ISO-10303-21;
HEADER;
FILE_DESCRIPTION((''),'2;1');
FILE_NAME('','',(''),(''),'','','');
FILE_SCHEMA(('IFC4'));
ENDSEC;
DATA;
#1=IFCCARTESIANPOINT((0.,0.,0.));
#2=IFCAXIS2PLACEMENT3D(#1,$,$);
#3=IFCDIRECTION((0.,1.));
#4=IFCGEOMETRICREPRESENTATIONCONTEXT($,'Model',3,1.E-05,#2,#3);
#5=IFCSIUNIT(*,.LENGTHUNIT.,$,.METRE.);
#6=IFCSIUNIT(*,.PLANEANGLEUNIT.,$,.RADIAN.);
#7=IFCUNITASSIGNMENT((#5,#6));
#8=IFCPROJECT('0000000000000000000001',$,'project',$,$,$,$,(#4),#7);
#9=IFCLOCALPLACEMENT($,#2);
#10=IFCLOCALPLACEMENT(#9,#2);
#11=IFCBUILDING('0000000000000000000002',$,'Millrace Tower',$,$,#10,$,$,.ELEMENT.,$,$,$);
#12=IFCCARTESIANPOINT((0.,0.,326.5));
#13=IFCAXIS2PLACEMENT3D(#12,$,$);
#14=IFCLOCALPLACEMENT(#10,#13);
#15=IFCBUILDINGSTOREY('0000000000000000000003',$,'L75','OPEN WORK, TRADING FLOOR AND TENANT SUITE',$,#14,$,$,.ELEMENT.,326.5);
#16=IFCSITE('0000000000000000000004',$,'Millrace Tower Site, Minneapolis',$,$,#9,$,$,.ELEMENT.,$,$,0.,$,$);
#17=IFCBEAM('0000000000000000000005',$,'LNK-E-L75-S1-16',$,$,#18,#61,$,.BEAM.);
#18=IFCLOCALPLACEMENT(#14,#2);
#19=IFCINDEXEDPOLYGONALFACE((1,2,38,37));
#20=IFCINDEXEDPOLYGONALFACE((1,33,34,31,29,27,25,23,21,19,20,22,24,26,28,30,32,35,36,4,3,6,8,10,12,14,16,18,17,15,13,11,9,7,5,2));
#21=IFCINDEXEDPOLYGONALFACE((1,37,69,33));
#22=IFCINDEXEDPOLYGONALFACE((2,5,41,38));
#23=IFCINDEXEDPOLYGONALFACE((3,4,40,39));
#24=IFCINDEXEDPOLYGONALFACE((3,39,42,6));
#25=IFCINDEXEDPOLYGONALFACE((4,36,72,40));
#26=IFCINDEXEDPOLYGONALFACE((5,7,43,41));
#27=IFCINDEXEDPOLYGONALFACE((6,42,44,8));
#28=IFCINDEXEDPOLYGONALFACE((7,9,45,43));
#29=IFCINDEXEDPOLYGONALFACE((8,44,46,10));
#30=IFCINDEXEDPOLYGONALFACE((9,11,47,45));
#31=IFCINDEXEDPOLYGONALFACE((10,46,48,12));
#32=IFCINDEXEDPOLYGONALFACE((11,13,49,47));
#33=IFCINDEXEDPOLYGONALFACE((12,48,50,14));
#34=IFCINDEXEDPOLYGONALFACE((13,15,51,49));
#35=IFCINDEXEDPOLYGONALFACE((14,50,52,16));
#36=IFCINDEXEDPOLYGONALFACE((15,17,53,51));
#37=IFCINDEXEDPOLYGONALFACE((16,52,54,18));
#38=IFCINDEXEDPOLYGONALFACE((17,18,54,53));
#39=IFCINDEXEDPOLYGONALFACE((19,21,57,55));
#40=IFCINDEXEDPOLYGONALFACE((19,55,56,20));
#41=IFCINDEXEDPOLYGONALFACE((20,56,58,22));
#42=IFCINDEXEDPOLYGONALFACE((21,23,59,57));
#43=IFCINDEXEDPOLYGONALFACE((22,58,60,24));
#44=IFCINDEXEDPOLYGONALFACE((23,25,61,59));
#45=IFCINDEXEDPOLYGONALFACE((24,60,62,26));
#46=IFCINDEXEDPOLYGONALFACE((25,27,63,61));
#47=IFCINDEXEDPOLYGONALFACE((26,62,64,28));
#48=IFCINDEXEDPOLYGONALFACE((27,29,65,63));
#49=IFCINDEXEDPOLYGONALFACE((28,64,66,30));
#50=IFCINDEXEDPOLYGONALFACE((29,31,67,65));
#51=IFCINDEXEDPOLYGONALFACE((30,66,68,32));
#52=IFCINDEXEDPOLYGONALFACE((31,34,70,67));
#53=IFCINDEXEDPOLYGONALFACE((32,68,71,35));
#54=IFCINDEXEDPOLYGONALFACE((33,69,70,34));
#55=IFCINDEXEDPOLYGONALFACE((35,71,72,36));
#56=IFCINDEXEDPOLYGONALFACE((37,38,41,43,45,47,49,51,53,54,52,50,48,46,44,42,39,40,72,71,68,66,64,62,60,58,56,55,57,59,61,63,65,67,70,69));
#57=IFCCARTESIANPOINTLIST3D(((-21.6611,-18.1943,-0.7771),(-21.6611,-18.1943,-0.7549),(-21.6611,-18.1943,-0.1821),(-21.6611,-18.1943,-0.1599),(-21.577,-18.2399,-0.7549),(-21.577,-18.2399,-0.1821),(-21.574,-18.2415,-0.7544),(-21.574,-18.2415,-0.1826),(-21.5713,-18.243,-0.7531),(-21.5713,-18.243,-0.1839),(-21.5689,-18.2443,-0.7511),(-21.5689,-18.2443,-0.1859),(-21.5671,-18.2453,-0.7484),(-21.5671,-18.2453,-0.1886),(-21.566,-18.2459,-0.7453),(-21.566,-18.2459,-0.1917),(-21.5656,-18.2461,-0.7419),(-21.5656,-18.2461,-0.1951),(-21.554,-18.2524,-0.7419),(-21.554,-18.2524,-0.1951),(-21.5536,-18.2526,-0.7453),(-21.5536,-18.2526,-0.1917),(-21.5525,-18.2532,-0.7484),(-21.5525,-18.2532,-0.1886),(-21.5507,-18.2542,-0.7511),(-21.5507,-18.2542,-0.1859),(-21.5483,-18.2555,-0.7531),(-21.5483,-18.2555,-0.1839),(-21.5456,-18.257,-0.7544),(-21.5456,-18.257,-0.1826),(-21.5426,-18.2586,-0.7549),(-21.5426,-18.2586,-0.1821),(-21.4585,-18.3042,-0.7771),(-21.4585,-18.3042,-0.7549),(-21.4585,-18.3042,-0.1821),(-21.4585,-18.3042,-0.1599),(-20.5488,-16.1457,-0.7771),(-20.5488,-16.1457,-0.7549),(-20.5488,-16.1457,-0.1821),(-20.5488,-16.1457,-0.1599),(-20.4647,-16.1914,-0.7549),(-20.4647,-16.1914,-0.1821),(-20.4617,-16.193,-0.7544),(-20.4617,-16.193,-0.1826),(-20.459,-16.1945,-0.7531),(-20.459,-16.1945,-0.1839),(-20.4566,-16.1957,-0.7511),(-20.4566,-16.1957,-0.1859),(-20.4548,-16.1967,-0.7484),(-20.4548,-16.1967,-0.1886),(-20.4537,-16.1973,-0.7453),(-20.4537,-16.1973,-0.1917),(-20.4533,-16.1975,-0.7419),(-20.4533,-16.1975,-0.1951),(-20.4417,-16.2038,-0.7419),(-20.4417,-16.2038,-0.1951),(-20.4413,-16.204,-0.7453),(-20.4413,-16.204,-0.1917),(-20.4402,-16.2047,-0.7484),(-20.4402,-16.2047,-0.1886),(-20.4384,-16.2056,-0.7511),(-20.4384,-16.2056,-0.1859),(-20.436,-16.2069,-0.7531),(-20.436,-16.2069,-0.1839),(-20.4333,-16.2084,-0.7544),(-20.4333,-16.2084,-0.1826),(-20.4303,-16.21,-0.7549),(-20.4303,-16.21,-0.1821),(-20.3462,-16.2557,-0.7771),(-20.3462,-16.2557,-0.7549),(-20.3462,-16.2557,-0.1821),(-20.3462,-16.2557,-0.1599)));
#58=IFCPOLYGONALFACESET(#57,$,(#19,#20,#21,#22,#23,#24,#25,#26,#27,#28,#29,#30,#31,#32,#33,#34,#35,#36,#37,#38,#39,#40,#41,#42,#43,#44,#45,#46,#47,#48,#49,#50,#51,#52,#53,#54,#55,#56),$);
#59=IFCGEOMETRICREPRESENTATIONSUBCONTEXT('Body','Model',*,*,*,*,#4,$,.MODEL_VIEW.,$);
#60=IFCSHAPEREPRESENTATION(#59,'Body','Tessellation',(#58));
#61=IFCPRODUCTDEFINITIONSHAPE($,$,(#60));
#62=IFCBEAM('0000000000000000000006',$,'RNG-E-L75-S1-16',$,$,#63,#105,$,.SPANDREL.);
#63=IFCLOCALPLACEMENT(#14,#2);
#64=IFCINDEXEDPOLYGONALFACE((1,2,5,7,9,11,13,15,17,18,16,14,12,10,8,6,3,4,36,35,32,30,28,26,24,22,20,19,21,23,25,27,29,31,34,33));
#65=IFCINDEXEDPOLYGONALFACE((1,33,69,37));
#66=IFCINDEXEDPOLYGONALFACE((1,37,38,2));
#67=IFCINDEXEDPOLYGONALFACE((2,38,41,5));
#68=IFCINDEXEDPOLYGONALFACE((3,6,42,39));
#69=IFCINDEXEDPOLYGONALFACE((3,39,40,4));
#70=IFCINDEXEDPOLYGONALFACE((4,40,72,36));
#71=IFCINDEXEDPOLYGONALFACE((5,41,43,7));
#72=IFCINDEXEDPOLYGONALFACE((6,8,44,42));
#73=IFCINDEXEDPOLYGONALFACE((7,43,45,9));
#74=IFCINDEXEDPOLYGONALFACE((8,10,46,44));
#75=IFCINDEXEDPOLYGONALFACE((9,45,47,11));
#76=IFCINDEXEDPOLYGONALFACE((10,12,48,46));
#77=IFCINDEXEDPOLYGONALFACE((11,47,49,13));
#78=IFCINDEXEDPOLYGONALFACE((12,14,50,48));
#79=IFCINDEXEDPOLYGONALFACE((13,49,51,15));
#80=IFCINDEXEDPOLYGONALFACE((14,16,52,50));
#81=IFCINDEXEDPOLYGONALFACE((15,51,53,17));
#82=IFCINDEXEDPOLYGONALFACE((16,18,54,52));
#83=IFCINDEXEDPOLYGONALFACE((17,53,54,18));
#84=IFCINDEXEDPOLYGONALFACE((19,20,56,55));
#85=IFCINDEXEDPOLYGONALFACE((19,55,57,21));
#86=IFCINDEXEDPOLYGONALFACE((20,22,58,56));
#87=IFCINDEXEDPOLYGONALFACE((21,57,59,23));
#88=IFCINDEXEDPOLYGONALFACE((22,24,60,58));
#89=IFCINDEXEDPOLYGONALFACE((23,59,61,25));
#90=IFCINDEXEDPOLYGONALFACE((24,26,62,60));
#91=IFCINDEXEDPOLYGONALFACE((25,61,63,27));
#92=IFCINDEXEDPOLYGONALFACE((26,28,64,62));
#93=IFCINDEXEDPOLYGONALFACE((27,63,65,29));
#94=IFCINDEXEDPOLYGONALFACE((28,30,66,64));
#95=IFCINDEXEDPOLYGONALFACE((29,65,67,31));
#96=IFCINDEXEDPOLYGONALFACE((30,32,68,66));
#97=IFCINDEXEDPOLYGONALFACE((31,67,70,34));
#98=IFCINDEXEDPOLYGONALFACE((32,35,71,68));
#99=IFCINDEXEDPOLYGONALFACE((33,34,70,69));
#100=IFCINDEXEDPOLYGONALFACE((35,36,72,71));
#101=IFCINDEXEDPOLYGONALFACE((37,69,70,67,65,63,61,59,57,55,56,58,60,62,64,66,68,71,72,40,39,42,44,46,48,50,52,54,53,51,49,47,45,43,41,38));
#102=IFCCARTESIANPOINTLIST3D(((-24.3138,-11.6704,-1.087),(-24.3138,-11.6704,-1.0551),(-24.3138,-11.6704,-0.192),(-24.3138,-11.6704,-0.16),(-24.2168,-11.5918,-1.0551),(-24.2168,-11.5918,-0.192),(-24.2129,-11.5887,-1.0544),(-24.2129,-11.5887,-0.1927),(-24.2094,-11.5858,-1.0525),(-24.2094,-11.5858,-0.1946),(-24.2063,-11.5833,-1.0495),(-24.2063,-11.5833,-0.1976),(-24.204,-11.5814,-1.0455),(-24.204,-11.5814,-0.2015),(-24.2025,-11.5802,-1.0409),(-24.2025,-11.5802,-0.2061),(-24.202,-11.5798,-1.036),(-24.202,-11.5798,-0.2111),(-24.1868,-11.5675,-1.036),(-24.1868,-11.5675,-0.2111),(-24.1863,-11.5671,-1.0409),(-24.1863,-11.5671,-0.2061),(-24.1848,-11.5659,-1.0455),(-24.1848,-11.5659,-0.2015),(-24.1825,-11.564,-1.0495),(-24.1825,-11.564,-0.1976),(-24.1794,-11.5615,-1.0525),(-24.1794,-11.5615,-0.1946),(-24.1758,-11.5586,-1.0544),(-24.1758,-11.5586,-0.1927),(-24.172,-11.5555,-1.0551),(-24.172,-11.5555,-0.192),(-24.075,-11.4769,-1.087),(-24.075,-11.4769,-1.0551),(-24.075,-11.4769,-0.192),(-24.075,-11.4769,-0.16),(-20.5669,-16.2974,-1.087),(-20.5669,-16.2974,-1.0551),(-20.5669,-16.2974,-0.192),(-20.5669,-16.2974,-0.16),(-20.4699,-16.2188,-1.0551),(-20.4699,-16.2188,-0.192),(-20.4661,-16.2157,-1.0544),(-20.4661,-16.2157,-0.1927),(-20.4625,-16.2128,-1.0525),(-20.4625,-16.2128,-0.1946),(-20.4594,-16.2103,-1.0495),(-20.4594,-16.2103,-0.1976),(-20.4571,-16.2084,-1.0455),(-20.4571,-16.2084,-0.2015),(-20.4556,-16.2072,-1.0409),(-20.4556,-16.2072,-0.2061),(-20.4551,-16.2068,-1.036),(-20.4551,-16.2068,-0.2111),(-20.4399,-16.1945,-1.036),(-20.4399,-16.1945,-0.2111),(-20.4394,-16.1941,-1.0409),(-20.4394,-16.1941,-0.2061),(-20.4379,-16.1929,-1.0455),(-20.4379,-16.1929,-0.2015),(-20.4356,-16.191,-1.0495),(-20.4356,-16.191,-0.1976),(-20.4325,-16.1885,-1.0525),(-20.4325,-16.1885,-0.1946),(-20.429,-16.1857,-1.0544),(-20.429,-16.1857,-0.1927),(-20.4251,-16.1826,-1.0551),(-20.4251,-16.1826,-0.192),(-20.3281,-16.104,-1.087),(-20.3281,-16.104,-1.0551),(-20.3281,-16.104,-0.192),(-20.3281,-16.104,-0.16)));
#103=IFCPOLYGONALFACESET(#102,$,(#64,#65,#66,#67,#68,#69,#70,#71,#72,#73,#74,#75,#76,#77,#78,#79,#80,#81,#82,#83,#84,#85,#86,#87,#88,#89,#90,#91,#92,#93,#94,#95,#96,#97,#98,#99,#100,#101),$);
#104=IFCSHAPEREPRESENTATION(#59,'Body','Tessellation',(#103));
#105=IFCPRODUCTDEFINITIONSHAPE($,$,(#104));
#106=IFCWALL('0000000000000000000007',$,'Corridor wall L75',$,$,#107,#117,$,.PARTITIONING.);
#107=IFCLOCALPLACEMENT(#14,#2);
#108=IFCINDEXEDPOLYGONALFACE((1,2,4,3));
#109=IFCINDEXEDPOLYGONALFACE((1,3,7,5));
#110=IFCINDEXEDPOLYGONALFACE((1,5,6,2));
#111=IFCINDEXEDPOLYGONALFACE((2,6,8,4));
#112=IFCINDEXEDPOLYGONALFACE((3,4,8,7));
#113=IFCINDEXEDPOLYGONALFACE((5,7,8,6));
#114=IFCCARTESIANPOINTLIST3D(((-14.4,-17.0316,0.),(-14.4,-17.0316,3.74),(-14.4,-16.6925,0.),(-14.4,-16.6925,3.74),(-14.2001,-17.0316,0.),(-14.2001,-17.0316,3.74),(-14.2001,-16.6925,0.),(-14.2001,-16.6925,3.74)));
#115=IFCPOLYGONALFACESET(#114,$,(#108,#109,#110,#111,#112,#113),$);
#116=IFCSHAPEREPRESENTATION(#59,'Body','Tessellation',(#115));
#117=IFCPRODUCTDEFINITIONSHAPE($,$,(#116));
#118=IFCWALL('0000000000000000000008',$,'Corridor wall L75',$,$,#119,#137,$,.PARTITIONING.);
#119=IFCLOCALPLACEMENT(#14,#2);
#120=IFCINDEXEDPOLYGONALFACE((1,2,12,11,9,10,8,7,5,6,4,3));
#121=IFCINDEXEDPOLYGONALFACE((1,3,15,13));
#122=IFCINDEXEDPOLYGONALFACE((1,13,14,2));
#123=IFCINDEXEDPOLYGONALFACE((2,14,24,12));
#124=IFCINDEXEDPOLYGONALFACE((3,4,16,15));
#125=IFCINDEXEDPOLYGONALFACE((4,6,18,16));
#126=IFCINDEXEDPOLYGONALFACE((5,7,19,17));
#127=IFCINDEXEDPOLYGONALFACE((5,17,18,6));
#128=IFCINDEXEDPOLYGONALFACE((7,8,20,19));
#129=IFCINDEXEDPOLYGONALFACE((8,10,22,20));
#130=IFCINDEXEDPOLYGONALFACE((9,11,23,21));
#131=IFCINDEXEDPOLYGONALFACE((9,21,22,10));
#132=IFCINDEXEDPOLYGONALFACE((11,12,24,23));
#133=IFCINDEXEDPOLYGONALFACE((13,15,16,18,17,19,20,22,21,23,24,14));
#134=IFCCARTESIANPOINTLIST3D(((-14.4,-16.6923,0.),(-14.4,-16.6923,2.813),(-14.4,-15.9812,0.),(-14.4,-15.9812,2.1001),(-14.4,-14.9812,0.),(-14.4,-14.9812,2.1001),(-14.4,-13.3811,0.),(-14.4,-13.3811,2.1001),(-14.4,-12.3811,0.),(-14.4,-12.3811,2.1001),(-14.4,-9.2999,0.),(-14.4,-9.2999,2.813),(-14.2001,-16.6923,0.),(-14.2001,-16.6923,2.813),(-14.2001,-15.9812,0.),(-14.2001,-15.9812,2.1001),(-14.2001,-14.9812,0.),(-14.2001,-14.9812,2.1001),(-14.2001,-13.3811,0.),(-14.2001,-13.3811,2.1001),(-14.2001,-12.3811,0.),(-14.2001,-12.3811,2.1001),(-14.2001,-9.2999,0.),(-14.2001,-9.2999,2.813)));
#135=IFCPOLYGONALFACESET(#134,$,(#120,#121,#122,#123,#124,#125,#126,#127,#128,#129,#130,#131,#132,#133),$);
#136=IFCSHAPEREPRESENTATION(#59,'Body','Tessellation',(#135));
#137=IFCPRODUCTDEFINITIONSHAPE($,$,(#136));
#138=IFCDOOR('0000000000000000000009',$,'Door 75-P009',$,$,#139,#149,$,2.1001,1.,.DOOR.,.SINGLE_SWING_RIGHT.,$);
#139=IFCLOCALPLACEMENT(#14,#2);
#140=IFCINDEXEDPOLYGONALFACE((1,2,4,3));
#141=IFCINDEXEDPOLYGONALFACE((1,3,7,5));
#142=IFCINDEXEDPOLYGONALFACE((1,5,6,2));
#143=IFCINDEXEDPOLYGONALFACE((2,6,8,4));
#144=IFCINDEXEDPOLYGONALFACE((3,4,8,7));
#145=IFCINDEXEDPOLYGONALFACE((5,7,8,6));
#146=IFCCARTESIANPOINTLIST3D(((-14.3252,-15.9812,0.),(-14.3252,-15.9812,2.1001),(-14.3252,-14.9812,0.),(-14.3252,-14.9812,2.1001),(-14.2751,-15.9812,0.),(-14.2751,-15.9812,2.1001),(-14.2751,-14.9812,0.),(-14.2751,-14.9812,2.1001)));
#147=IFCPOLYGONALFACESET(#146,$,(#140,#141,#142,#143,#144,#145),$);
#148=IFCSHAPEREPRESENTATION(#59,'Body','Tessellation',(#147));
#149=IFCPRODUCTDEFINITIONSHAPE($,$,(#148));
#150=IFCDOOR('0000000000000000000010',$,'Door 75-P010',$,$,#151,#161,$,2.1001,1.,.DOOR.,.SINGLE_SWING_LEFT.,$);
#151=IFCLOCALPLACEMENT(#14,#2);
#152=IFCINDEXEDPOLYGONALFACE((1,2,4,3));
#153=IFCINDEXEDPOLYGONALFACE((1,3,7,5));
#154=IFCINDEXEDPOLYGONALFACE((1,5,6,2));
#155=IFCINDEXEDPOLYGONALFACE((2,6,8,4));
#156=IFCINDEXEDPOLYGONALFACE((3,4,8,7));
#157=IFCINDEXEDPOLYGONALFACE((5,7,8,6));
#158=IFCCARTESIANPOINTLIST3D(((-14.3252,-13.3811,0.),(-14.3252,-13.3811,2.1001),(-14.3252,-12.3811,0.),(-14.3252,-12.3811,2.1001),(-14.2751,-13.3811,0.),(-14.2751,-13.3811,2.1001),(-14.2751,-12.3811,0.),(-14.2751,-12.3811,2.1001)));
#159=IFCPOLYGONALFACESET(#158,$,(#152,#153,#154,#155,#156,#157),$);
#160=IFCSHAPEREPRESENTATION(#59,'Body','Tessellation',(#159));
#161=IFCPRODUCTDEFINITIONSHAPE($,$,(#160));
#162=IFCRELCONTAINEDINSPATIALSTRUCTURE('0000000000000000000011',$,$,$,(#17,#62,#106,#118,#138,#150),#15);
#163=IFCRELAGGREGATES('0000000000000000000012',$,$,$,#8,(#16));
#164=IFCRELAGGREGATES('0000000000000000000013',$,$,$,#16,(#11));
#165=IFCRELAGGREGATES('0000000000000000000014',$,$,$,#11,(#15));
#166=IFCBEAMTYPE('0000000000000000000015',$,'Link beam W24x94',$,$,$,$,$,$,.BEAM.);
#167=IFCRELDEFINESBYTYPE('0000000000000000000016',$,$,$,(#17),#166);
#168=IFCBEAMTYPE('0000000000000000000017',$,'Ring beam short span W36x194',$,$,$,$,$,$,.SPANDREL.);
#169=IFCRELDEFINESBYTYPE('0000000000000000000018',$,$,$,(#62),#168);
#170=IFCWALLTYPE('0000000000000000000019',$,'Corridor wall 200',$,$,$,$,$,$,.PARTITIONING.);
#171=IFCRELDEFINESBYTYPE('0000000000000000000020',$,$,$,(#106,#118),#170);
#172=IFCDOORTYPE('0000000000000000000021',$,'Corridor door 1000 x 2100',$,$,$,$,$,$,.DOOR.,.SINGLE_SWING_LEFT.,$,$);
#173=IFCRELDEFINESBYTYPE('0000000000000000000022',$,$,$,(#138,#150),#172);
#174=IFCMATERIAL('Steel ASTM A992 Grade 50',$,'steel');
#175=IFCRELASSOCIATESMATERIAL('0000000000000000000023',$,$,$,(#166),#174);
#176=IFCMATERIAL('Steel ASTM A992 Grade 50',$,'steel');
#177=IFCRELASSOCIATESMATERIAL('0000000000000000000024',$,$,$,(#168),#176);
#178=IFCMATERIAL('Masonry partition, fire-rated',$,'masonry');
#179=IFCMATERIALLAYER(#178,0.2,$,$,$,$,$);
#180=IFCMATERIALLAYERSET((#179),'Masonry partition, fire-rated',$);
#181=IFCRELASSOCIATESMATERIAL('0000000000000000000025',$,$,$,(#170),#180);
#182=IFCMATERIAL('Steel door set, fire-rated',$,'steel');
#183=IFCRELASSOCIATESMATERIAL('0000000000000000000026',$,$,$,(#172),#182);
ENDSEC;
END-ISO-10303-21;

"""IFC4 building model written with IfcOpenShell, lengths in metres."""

from ifc_helpers import new_model, si_unit, direction, frame, frame_2d, origin, origin_2d, place, context, subcontext, project, spatial, rectangle, i_section, extrude, material, layer, layer_set, material_profile, profile_set, type_object, element, fill, save


model = new_model("IFC4")

# Units and contexts
model_context = context("Model", 3, precision=1e-05, world=origin(), true_north=direction((0.0, 1.0)))
body_context = subcontext(model_context, "Body", "Model", "MODEL_VIEW")
ifc_project = project(units=[si_unit("LENGTHUNIT", "METRE"), si_unit("PLANEANGLEUNIT", "RADIAN")], contexts=[model_context])

# Site, building, storey
site_placement = place(None, origin())
site = spatial("IfcSite", under=ifc_project, at=site_placement, Name="Millrace Tower Site, Minneapolis", CompositionType="ELEMENT", RefElevation=0.0)
building_placement = place(site_placement, origin())
building = spatial("IfcBuilding", under=site, at=building_placement, Name="Millrace Tower", CompositionType="ELEMENT")
storey_placement = place(building_placement, frame((0.0, 0.0, 326.5)))
storey = spatial("IfcBuildingStorey", under=building, at=storey_placement, Name="L75", Description="OPEN WORK, TRADING FLOOR AND TENANT SUITE", CompositionType="ELEMENT", Elevation=326.5)

# Beams
ifc_material_1 = material(Name="Steel ASTM A992 Grade 50", Category="steel")
ifc_material_profile_1 = material_profile(ifc_material_1, i_section(OverallWidth=0.2305, OverallDepth=0.6172, WebThickness=0.0132, FlangeThickness=0.0222, FilletRadius=0.0129, at=origin_2d()))
ifc_profile_set_1 = profile_set([ifc_material_profile_1], Name="Steel ASTM A992 Grade 50")
beam_type_1 = type_object("IfcBeamType", Name="Link beam W24x94", PredefinedType="BEAM", material=ifc_profile_set_1)
beam_1_placement = place(storey_placement, frame((-20.4475, -16.2007, -0.4685), z_axis=(-0.477164, -0.878815, 0.0), x_axis=(0.878815, -0.477164, 0.0)))
element("IfcBeam", 1, at=beam_1_placement, inside=storey, type_object=beam_type_1, Name="LNK-E-L75-S1-16", PredefinedType="BEAM", context=body_context, shape_type="SweptSolid", body=[
    extrude(i_section(OverallWidth=0.2305, OverallDepth=0.6172, WebThickness=0.0132, FlangeThickness=0.0222, FilletRadius=0.0129, at=origin_2d()), origin(), (0.0, 0.0, 1.0), 2.3311),
])
ifc_material_2 = material(Name="Steel ASTM A992 Grade 50", Category="steel")
ifc_material_profile_2 = material_profile(ifc_material_2, i_section(OverallWidth=0.3074, OverallDepth=0.927, WebThickness=0.0195, FlangeThickness=0.032, FilletRadius=0.019, at=origin_2d()))
ifc_profile_set_2 = profile_set([ifc_material_profile_2], Name="Steel ASTM A992 Grade 50")
beam_type_2 = type_object("IfcBeamType", Name="Ring beam short span W36x194", PredefinedType="SPANDREL", material=ifc_profile_set_2)
beam_2_placement = place(storey_placement, frame((-20.4475, -16.2007, -0.6235), z_axis=(-0.62932, 0.777147, 0.0), x_axis=(-0.777147, -0.62932, 0.0)))
element("IfcBeam", 2, at=beam_2_placement, inside=storey, type_object=beam_type_2, Name="RNG-E-L75-S1-16", PredefinedType="SPANDREL", context=body_context, shape_type="SweptSolid", body=[
    extrude(i_section(OverallWidth=0.3074, OverallDepth=0.927, WebThickness=0.0195, FlangeThickness=0.032, FilletRadius=0.019, at=origin_2d()), origin(), (0.0, 0.0, 1.0), 5.9539),
])

# Wall
ifc_material_3 = material(Name="Masonry partition, fire-rated", Category="masonry")
ifc_layer_1 = layer(ifc_material_3, 0.2)
ifc_layer_set_1 = layer_set([ifc_layer_1], Name="Masonry partition, fire-rated")
wall_type_1 = type_object("IfcWallType", Name="Corridor wall 200", PredefinedType="PARTITIONING", material=ifc_layer_set_1)
wall_1_placement = place(storey_placement, frame((-14.3, -17.0315, 0.0), z_axis=(0.0, 0.0, 1.0), x_axis=(0.0, 1.0, 0.0)))
element("IfcWall", 3, at=wall_1_placement, inside=storey, type_object=wall_type_1, Name="Corridor wall L75", PredefinedType="PARTITIONING", context=body_context, shape_type="SweptSolid", body=[
    extrude(rectangle(XDim=0.3391, YDim=0.2, at=frame_2d((0.1694, 0.0))), origin(), (0.0, 0.0, 1.0), 3.74),
])

# Wall, openings, doors
wall_2_placement = place(storey_placement, frame((-14.3, -16.6924, 0.0), z_axis=(0.0, 0.0, 1.0), x_axis=(0.0, 1.0, 0.0)))
wall_2 = element("IfcWall", 4, at=wall_2_placement, inside=storey, type_object=wall_type_1, Name="Corridor wall L75", PredefinedType="PARTITIONING", context=body_context, shape_type="SweptSolid", body=[
    extrude(rectangle(XDim=7.3923, YDim=0.2, at=frame_2d((3.6963, 0.0))), origin(), (0.0, 0.0, 1.0), 2.813),
])
opening_1_placement = place(wall_2_placement, frame((0.7112, 0.0, 0.0)))
opening_1 = element("IfcOpeningElement", 5, at=opening_1_placement, cuts=wall_2, PredefinedType="OPENING", context=body_context, shape_type="SweptSolid", body=[
    extrude(rectangle(XDim=1.0, YDim=2.1001, at=frame_2d((0.5, 1.05))), frame((0.0, 0.1099, 0.0), z_axis=(0.0, -1.0, 0.0), x_axis=(1.0, 0.0, 0.0)), (0.0, 0.0, 1.0), 0.22),
])
opening_2_placement = place(wall_2_placement, frame((3.3113, 0.0, 0.0)))
opening_2 = element("IfcOpeningElement", 6, at=opening_2_placement, cuts=wall_2, PredefinedType="OPENING", context=body_context, shape_type="SweptSolid", body=[
    extrude(rectangle(XDim=1.0, YDim=2.1001, at=frame_2d((0.5, 1.05))), frame((0.0, 0.1099, 0.0), z_axis=(0.0, -1.0, 0.0), x_axis=(1.0, 0.0, 0.0)), (0.0, 0.0, 1.0), 0.22),
])
ifc_material_4 = material(Name="Steel door set, fire-rated", Category="steel")
door_type_1 = type_object("IfcDoorType", Name="Corridor door 1000 x 2100", OperationType="SINGLE_SWING_LEFT", PredefinedType="DOOR", material=ifc_material_4)
door_1_placement = place(opening_1_placement, frame((1.0, 0.0, 0.0), z_axis=(0.0, 0.0, 1.0), x_axis=(-1.0, 0.0, 0.0)))
door_1 = element("IfcDoor", 7, at=door_1_placement, inside=storey, type_object=door_type_1, Name="Door 75-P009", OperationType="SINGLE_SWING_RIGHT", OverallHeight=2.1001, OverallWidth=1.0, PredefinedType="DOOR", context=body_context, shape_type="SweptSolid", body=[
    extrude(rectangle(XDim=1.0, YDim=2.1001, at=frame_2d((0.5, 1.05))), frame((0.0, 0.0249, 0.0), z_axis=(0.0, -1.0, 0.0), x_axis=(1.0, 0.0, 0.0)), (0.0, 0.0, 1.0), 0.05),
])
fill(opening_1, door_1)
door_2_placement = place(opening_2_placement, frame((1.0, 0.0, 0.0), z_axis=(0.0, 0.0, 1.0), x_axis=(-1.0, 0.0, 0.0)))
door_2 = element("IfcDoor", 8, at=door_2_placement, inside=storey, type_object=door_type_1, Name="Door 75-P010", OperationType="SINGLE_SWING_LEFT", OverallHeight=2.1001, OverallWidth=1.0, PredefinedType="DOOR", context=body_context, shape_type="SweptSolid", body=[
    extrude(rectangle(XDim=1.0, YDim=2.1001, at=frame_2d((0.5, 1.05))), frame((0.0, 0.0249, 0.0), z_axis=(0.0, -1.0, 0.0), x_axis=(1.0, 0.0, 0.0)), (0.0, 0.0, 1.0), 0.05),
])
fill(opening_2, door_2)

save(model, "model.ifc")
